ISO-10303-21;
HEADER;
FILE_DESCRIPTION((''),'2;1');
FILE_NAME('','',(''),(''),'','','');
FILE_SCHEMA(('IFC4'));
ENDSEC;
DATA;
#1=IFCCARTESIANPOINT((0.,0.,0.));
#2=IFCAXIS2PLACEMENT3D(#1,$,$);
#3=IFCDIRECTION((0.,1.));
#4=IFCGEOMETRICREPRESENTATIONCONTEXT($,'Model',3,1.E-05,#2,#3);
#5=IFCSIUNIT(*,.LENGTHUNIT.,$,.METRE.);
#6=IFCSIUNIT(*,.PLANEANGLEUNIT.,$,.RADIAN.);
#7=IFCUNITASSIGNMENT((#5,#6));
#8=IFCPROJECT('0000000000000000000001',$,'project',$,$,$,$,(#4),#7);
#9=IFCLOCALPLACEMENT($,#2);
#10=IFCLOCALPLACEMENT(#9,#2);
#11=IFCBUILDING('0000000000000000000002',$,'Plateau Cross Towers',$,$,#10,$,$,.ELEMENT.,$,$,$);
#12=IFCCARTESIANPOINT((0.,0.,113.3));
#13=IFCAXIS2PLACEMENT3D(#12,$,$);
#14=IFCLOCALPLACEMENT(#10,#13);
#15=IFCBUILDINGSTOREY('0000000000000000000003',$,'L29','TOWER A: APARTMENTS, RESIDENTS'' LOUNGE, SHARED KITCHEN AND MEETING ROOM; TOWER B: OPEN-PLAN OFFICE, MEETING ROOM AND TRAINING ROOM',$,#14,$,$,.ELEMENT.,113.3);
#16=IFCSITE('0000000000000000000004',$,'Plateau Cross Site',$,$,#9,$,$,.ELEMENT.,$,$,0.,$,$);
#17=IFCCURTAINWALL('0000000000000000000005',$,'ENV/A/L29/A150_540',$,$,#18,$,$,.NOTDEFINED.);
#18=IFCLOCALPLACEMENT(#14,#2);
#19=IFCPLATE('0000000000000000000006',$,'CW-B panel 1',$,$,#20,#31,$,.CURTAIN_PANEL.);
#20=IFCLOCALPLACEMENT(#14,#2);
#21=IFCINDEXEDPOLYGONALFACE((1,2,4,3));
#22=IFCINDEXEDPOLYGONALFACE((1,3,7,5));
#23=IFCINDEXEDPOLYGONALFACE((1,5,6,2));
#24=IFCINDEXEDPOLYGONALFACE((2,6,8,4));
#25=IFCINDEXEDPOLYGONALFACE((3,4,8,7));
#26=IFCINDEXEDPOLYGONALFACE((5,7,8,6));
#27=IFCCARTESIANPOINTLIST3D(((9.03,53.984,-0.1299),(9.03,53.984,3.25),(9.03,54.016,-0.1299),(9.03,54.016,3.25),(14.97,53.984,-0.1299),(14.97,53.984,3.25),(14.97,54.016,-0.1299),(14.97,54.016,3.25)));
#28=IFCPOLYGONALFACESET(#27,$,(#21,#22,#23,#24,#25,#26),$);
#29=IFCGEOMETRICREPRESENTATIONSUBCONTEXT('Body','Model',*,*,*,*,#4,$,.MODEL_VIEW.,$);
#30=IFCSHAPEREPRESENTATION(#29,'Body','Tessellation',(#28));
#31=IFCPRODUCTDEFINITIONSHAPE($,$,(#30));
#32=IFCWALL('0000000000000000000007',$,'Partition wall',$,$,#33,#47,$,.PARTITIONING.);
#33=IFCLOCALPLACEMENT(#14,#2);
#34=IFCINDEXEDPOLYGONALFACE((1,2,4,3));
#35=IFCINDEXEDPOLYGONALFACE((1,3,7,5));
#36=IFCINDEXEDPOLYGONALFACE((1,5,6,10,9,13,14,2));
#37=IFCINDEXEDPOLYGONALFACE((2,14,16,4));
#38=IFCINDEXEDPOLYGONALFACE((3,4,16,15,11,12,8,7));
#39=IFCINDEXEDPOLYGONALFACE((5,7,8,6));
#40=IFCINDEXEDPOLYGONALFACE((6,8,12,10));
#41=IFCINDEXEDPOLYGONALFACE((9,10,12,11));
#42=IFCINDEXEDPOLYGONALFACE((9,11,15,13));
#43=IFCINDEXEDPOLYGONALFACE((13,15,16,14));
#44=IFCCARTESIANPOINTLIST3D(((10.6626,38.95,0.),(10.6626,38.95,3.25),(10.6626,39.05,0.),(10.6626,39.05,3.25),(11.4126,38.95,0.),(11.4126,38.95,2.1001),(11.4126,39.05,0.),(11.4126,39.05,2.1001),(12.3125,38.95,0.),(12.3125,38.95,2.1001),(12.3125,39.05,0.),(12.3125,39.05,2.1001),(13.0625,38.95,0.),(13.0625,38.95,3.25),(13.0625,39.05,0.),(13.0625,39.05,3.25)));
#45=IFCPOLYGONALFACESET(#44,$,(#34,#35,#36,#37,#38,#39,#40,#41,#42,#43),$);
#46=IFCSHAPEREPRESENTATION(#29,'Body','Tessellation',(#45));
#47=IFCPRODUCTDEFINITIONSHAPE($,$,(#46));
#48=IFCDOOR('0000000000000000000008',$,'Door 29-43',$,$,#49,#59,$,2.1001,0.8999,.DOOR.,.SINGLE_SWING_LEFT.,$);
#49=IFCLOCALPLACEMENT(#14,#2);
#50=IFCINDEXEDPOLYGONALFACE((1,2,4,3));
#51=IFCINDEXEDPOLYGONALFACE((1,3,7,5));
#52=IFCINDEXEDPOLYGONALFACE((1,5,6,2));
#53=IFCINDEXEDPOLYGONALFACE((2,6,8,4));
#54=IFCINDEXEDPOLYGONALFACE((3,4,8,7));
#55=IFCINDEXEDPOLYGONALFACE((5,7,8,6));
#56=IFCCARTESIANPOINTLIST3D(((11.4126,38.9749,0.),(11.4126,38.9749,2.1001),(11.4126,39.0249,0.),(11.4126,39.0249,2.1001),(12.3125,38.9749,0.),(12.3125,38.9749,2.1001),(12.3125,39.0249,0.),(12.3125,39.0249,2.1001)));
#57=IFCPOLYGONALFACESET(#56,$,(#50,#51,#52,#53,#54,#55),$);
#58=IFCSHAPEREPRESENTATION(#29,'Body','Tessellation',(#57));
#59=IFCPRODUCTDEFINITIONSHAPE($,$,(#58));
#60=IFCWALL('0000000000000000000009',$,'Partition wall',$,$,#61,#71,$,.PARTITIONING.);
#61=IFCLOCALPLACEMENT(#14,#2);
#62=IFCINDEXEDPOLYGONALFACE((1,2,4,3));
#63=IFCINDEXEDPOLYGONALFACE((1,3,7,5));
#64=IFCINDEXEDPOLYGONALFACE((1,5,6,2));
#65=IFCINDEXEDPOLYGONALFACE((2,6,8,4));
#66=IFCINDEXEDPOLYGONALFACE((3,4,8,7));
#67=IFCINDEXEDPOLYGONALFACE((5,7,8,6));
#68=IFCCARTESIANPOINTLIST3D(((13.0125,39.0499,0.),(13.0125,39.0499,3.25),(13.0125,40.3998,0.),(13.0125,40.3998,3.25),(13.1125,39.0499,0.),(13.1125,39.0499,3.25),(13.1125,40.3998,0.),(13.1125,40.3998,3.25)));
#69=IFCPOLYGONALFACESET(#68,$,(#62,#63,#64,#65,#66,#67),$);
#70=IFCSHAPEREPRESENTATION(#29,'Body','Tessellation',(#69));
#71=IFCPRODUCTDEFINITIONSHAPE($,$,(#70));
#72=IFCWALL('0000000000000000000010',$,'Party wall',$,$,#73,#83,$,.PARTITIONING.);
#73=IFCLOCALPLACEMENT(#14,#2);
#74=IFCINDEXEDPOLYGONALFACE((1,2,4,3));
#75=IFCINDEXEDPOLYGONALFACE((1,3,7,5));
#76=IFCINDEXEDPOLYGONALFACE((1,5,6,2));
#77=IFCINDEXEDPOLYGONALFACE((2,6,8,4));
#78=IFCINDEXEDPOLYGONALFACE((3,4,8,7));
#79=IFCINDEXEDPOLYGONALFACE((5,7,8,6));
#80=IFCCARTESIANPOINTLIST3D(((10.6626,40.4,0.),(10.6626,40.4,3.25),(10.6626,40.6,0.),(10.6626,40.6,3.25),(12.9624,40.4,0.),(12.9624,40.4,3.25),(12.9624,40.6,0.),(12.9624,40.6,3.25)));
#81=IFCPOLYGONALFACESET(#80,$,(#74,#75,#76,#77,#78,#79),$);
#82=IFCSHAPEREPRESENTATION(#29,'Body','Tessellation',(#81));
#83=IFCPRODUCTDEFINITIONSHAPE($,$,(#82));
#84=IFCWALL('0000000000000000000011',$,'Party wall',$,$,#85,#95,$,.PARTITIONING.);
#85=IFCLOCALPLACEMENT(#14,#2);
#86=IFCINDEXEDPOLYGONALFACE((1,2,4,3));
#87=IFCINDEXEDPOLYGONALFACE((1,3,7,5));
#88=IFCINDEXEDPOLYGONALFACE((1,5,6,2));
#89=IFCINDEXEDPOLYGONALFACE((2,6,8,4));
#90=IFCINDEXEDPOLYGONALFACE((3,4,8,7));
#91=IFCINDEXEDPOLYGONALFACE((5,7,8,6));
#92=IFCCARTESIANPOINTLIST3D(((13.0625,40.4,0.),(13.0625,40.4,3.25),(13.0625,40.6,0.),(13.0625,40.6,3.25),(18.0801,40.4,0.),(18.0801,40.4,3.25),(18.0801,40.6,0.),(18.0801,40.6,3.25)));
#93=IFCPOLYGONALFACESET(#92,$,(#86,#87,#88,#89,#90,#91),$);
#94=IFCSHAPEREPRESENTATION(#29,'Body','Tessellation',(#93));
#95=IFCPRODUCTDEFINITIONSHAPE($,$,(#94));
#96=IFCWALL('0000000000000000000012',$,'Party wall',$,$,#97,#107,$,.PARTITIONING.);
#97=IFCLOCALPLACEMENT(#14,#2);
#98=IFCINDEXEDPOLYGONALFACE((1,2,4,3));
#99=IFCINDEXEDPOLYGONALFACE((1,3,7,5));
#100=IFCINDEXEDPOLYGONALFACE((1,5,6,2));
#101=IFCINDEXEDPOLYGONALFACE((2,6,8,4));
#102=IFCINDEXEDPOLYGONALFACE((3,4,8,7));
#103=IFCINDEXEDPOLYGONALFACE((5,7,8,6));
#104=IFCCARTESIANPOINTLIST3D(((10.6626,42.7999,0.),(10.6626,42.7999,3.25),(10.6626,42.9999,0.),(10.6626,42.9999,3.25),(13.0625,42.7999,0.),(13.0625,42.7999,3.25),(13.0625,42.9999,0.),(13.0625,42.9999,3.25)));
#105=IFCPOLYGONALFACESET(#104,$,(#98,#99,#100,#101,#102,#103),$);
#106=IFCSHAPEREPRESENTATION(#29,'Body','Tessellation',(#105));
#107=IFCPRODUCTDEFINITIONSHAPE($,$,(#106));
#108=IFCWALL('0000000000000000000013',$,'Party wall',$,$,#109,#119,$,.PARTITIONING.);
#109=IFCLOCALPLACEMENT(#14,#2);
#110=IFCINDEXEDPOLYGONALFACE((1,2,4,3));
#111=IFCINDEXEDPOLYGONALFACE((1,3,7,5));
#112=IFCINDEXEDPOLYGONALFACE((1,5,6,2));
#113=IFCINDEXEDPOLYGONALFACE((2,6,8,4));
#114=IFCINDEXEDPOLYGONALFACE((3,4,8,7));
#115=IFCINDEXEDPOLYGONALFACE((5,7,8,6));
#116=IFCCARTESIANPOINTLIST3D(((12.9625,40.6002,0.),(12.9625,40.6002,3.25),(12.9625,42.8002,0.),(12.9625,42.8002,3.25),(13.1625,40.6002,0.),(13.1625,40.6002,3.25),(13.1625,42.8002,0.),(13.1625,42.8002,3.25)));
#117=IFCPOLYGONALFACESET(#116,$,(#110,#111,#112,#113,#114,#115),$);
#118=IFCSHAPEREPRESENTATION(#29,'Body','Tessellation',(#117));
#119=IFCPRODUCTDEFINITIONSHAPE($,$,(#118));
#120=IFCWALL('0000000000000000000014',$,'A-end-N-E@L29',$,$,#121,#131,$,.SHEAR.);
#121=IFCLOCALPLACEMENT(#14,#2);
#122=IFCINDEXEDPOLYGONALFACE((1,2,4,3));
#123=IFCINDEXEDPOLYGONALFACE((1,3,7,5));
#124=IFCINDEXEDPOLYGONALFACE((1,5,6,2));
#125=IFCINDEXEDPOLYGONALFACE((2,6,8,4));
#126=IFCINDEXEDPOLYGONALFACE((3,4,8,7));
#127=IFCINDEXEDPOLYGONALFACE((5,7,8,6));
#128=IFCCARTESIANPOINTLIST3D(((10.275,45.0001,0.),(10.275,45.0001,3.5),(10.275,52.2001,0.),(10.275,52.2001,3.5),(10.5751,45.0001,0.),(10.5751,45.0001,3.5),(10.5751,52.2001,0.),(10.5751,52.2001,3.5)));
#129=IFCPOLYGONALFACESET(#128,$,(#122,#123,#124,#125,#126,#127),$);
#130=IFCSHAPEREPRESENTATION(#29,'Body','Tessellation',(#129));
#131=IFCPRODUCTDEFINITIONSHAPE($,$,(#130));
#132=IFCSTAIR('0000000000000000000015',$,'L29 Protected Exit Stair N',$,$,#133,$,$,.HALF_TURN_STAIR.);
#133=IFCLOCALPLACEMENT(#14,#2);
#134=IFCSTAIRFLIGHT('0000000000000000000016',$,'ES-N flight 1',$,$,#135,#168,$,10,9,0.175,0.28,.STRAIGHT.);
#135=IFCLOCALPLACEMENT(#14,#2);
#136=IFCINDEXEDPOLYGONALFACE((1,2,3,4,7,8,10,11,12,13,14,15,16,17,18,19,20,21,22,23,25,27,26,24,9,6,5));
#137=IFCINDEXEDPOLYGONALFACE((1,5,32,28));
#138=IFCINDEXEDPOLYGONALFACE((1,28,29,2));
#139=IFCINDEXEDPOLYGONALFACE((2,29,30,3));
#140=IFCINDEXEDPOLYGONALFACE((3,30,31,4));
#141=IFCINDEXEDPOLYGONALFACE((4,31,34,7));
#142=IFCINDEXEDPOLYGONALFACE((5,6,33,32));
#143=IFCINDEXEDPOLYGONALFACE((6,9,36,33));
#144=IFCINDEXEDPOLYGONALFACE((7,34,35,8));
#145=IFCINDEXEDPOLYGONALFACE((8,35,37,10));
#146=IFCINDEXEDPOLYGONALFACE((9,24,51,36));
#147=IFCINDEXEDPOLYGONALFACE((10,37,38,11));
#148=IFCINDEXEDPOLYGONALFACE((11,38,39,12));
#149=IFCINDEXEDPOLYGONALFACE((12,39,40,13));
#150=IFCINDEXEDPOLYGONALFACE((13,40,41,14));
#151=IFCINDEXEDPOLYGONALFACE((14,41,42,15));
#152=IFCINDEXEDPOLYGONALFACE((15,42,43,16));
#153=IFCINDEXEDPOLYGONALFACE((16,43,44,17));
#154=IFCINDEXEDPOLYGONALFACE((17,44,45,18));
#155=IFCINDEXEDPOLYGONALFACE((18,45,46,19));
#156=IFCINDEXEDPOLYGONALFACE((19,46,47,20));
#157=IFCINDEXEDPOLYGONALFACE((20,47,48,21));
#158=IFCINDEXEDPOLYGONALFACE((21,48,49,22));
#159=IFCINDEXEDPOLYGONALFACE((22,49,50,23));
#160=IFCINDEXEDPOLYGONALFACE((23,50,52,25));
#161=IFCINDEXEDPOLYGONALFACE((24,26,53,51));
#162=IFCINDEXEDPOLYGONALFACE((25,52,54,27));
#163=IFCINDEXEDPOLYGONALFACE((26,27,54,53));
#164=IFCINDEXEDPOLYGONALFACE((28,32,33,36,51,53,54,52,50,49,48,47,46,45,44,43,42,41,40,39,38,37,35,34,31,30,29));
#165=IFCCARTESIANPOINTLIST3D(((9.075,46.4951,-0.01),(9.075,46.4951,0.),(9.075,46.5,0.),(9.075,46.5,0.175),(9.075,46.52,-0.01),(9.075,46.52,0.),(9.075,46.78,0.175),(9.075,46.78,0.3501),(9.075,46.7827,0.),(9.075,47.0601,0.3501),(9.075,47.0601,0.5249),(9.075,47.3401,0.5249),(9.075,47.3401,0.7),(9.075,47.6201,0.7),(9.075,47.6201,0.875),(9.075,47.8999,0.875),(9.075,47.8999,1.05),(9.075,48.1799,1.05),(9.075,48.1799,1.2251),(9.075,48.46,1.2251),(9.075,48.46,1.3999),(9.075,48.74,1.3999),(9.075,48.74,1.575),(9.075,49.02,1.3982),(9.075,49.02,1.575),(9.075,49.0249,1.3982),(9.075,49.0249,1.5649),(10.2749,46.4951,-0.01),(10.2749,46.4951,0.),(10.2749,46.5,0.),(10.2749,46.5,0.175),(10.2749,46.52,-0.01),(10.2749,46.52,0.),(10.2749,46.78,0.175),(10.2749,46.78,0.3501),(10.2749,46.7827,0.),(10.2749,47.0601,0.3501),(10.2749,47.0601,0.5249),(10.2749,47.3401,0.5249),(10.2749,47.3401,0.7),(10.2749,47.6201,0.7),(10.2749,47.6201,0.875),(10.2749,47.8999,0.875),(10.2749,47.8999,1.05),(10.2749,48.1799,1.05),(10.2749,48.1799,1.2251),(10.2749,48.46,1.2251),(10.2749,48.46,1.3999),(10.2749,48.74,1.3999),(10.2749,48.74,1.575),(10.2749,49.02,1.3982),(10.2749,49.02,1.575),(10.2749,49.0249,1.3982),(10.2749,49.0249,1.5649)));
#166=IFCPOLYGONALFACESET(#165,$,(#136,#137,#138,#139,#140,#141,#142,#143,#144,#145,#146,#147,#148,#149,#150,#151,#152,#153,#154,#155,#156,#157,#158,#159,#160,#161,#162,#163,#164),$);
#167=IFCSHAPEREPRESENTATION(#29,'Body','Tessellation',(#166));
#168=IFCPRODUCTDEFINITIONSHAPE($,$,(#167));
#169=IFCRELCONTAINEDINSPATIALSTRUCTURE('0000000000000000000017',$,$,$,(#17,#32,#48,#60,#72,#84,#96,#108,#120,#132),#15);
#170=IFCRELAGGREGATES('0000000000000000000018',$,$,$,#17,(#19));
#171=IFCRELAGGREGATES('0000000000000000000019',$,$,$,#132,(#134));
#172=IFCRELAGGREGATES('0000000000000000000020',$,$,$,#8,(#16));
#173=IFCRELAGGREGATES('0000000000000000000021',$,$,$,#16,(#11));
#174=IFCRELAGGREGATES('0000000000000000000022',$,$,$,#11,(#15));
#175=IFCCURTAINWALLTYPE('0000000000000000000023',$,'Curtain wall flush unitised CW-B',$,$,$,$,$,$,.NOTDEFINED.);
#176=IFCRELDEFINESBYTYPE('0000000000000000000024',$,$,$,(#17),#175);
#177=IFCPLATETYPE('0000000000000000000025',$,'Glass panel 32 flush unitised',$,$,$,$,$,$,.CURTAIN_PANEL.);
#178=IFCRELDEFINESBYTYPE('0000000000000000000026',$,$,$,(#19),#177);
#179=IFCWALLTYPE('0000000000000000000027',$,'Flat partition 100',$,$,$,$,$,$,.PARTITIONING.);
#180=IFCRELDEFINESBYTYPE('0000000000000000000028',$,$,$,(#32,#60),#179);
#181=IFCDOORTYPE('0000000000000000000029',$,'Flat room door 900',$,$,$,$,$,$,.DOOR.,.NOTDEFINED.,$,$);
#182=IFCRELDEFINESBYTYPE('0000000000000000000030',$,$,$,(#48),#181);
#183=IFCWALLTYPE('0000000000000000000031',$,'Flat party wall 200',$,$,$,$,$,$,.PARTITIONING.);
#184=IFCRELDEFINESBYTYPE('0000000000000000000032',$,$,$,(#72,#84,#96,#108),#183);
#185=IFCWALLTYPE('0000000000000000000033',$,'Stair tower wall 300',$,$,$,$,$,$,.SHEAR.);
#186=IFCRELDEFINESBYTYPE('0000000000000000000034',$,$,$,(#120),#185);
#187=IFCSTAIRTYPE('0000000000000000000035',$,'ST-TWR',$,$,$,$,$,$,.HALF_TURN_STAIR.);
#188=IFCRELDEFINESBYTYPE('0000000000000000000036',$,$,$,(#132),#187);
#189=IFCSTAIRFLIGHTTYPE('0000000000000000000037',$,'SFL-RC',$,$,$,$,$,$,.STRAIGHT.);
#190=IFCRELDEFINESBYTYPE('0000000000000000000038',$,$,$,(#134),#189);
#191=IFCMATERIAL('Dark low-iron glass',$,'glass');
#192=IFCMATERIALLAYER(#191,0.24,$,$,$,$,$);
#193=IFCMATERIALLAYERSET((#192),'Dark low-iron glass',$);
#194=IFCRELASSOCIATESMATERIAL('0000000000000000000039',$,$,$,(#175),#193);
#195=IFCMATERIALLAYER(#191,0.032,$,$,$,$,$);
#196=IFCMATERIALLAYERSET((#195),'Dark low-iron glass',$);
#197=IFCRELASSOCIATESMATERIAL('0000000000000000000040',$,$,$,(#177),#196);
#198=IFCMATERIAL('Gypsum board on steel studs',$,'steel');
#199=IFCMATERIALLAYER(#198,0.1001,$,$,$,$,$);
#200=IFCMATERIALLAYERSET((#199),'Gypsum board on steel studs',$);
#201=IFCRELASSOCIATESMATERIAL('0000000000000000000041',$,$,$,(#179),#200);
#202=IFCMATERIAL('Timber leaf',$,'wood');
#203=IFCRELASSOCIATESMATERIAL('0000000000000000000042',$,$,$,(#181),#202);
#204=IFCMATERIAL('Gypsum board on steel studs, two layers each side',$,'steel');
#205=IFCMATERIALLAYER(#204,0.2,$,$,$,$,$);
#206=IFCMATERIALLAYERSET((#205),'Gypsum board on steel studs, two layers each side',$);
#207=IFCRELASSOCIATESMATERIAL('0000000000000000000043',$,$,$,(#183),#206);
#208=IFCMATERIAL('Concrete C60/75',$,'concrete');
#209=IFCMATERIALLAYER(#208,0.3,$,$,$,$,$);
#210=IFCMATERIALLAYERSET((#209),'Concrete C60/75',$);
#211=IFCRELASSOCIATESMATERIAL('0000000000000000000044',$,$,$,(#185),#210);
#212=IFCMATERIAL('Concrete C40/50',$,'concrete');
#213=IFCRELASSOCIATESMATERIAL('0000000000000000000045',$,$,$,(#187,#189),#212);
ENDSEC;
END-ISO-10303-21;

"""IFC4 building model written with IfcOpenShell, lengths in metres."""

from ifc_helpers import new_model, si_unit, direction, frame, frame_2d, origin, origin_2d, place, context, subcontext, project, spatial, polyline, rectangle, outline, extrude, material, layer, layer_set, type_object, element, fill, aggregate, save


model = new_model("IFC4")

# Units and contexts
model_context = context("Model", 3, precision=1e-05, world=origin(), true_north=direction((0.0, 1.0)))
body_context = subcontext(model_context, "Body", "Model", "MODEL_VIEW")
ifc_project = project(units=[si_unit("LENGTHUNIT", "METRE"), si_unit("PLANEANGLEUNIT", "RADIAN")], contexts=[model_context])

# Site, building, storey
site_placement = place(None, origin())
site = spatial("IfcSite", under=ifc_project, at=site_placement, Name="Plateau Cross Site", CompositionType="ELEMENT", RefElevation=0.0)
building_placement = place(site_placement, origin())
building = spatial("IfcBuilding", under=site, at=building_placement, Name="Plateau Cross Towers", CompositionType="ELEMENT")
storey_placement = place(building_placement, frame((0.0, 0.0, 113.3)))
storey = spatial("IfcBuildingStorey", under=building, at=storey_placement, Name="L29", Description="TOWER A: APARTMENTS, RESIDENTS' LOUNGE, SHARED KITCHEN AND MEETING ROOM; TOWER B: OPEN-PLAN OFFICE, MEETING ROOM AND TRAINING ROOM", CompositionType="ELEMENT", Elevation=113.3)

# Shared definitions
ifc_material_1 = material(Name="Concrete C60/75", Category="concrete")

# Shared definitions
ifc_material_2 = material(Name="Dark low-iron glass", Category="glass")
ifc_layer_1 = layer(ifc_material_2, 0.24)
ifc_layer_set_1 = layer_set([ifc_layer_1], Name="Dark low-iron glass")
curtain_wall_type = type_object("IfcCurtainWallType", Name="Curtain wall flush unitised CW-B", PredefinedType="NOTDEFINED", material=ifc_layer_set_1)

# Curtain wall
curtain_wall_1_placement = place(storey_placement, origin())
curtain_wall_1 = element("IfcCurtainWall", 1, at=curtain_wall_1_placement, inside=storey, type_object=curtain_wall_type, Name="ENV/A/L29/A150_540", PredefinedType="NOTDEFINED")

# Plate
ifc_layer_2 = layer(ifc_material_2, 0.032)
ifc_layer_set_2 = layer_set([ifc_layer_2], Name="Dark low-iron glass")
plate_type = type_object("IfcPlateType", Name="Glass panel 32 flush unitised", PredefinedType="CURTAIN_PANEL", material=ifc_layer_set_2)
plate_1_placement = place(storey_placement, frame((12.0, 54.0, -0.1299), z_axis=(0.0, 0.0, 1.0), x_axis=(-1.0, 0.0, 0.0)))
plate_1 = element("IfcPlate", 2, at=plate_1_placement, type_object=plate_type, Name="CW-B panel 1", PredefinedType="CURTAIN_PANEL", context=body_context, shape_type="SweptSolid", body=[
    extrude(rectangle(XDim=5.9399, YDim=0.032, at=origin_2d()), origin(), (0.0, 0.0, 1.0), 3.3799),
])
aggregate(curtain_wall_1, [plate_1])

# Wall, opening, door
ifc_material_3 = material(Name="Gypsum board on steel studs", Category="steel")
ifc_layer_3 = layer(ifc_material_3, 0.1001)
ifc_layer_set_3 = layer_set([ifc_layer_3], Name="Gypsum board on steel studs")
wall_type_1 = type_object("IfcWallType", Name="Flat partition 100", PredefinedType="PARTITIONING", material=ifc_layer_set_3)
wall_1_placement = place(storey_placement, frame((10.6626, 39.0, 0.0), z_axis=(0.0, 0.0, 1.0), x_axis=(1.0, 0.0, 0.0)))
wall_1 = element("IfcWall", 3, at=wall_1_placement, inside=storey, type_object=wall_type_1, Name="Partition wall", PredefinedType="PARTITIONING", context=body_context, shape_type="SweptSolid", body=[
    extrude(rectangle(XDim=2.3999, YDim=0.1001, at=frame_2d((1.2, 0.0))), origin(), (0.0, 0.0, 1.0), 3.25),
])
opening_placement = place(wall_1_placement, frame((0.75, 0.0, 0.0)))
opening = element("IfcOpeningElement", 4, at=opening_placement, cuts=wall_1, PredefinedType="OPENING", context=body_context, shape_type="SweptSolid", body=[
    extrude(rectangle(XDim=0.8999, YDim=2.1001, at=frame_2d((0.45, 1.05))), frame((0.0, 0.0601, 0.0), z_axis=(0.0, -1.0, 0.0), x_axis=(1.0, 0.0, 0.0)), (0.0, 0.0, 1.0), 0.1201),
])
ifc_material_4 = material(Name="Timber leaf", Category="wood")
door_type = type_object("IfcDoorType", Name="Flat room door 900", OperationType="NOTDEFINED", PredefinedType="DOOR", material=ifc_material_4)
door_placement = place(opening_placement, origin())
door = element("IfcDoor", 5, at=door_placement, inside=storey, type_object=door_type, Name="Door 29-43", OperationType="SINGLE_SWING_LEFT", OverallHeight=2.1001, OverallWidth=0.8999, PredefinedType="DOOR", context=body_context, shape_type="SweptSolid", body=[
    extrude(rectangle(XDim=0.8999, YDim=2.1001, at=frame_2d((0.45, 1.05))), frame((0.0, 0.0249, 0.0), z_axis=(0.0, -1.0, 0.0), x_axis=(1.0, 0.0, 0.0)), (0.0, 0.0, 1.0), 0.05),
])
fill(opening, door)

# Walls
wall_2_placement = place(storey_placement, frame((13.0625, 39.05, 0.0), z_axis=(0.0, 0.0, 1.0), x_axis=(0.0, 1.0, 0.0)))
element("IfcWall", 6, at=wall_2_placement, inside=storey, type_object=wall_type_1, Name="Partition wall", PredefinedType="PARTITIONING", context=body_context, shape_type="SweptSolid", body=[
    extrude(rectangle(XDim=1.3499, YDim=0.1001, at=frame_2d((0.6748, 0.0))), origin(), (0.0, 0.0, 1.0), 3.25),
])
ifc_material_5 = material(Name="Gypsum board on steel studs, two layers each side", Category="steel")
ifc_layer_4 = layer(ifc_material_5, 0.2)
ifc_layer_set_4 = layer_set([ifc_layer_4], Name="Gypsum board on steel studs, two layers each side")
wall_type_2 = type_object("IfcWallType", Name="Flat party wall 200", PredefinedType="PARTITIONING", material=ifc_layer_set_4)
wall_3_placement = place(storey_placement, frame((12.9624, 40.5, 0.0), z_axis=(0.0, 0.0, 1.0), x_axis=(-1.0, 0.0, 0.0)))
element("IfcWall", 7, at=wall_3_placement, inside=storey, type_object=wall_type_2, Name="Party wall", PredefinedType="PARTITIONING", context=body_context, shape_type="SweptSolid", body=[
    extrude(rectangle(XDim=2.2998, YDim=0.2, at=frame_2d((1.1499, 0.0))), origin(), (0.0, 0.0, 1.0), 3.25),
])
wall_4_placement = place(storey_placement, frame((13.0625, 40.5, 0.0), z_axis=(0.0, 0.0, 1.0), x_axis=(1.0, 0.0, 0.0)))
element("IfcWall", 8, at=wall_4_placement, inside=storey, type_object=wall_type_2, Name="Party wall", PredefinedType="PARTITIONING", context=body_context, shape_type="SweptSolid", body=[
    extrude(rectangle(XDim=5.0176, YDim=0.2, at=frame_2d((2.5088, 0.0))), origin(), (0.0, 0.0, 1.0), 3.25),
])
wall_5_placement = place(storey_placement, frame((13.0625, 42.8999, 0.0), z_axis=(0.0, 0.0, 1.0), x_axis=(-1.0, 0.0, 0.0)))
element("IfcWall", 9, at=wall_5_placement, inside=storey, type_object=wall_type_2, Name="Party wall", PredefinedType="PARTITIONING", context=body_context, shape_type="SweptSolid", body=[
    extrude(rectangle(XDim=2.3999, YDim=0.2, at=frame_2d((1.2, 0.0))), origin(), (0.0, 0.0, 1.0), 3.25),
])
wall_6_placement = place(storey_placement, frame((13.0625, 40.6001, 0.0), z_axis=(0.0, 0.0, 1.0), x_axis=(0.0, 1.0, 0.0)))
element("IfcWall", 10, at=wall_6_placement, inside=storey, type_object=wall_type_2, Name="Party wall", PredefinedType="PARTITIONING", context=body_context, shape_type="SweptSolid", body=[
    extrude(rectangle(XDim=2.2, YDim=0.2, at=frame_2d((1.1001, 0.0))), origin(), (0.0, 0.0, 1.0), 3.25),
])
ifc_layer_5 = layer(ifc_material_1, 0.3)
ifc_layer_set_5 = layer_set([ifc_layer_5], Name="Concrete C60/75")
wall_type_3 = type_object("IfcWallType", Name="Stair tower wall 300", PredefinedType="SHEAR", material=ifc_layer_set_5)
wall_7_placement = place(storey_placement, frame((10.425, 45.0, 0.0), z_axis=(0.0, 0.0, 1.0), x_axis=(0.0, 1.0, 0.0)))
element("IfcWall", 11, at=wall_7_placement, inside=storey, type_object=wall_type_3, Name="A-end-N-E@L29", PredefinedType="SHEAR", context=body_context, shape_type="SweptSolid", body=[
    extrude(rectangle(XDim=7.2, YDim=0.3, at=frame_2d((3.6001, 0.0))), origin(), (0.0, 0.0, 1.0), 3.5),
])

# Stair, stair flight
ifc_material_6 = material(Name="Concrete C40/50", Category="concrete")
stair_type = type_object("IfcStairType", Name="ST-TWR", PredefinedType="HALF_TURN_STAIR", material=ifc_material_6)
stair_placement = place(storey_placement, origin())
stair = element("IfcStair", 12, at=stair_placement, inside=storey, type_object=stair_type, Name="L29 Protected Exit Stair N", PredefinedType="HALF_TURN_STAIR")
stair_flight_type = type_object("IfcStairFlightType", Name="SFL-RC", PredefinedType="STRAIGHT", material=ifc_material_6)
stair_flight_1_placement = place(storey_placement, frame((9.675, 46.5, 0.0), z_axis=(0.0, 0.0, 1.0), x_axis=(0.0, 1.0, 0.0)))
stair_flight_1 = element("IfcStairFlight", 13, at=stair_flight_1_placement, type_object=stair_flight_type, Name="ES-N flight 1", NumberOfRisers=10, NumberOfTreads=9, PredefinedType="STRAIGHT", RiserHeight=0.175, TreadLength=0.28, context=body_context, shape_type="SweptSolid", body=[
    extrude(outline(polyline([(-0.0049, -0.01), (-0.0049, 0.0), (0.0, 0.0), (0.0, 0.175), (0.28, 0.175), (0.28, 0.3501), (0.5601, 0.3501), (0.5601, 0.5249), (0.8401, 0.5249), (0.8401, 0.7), (1.1201, 0.7), (1.1201, 0.875), (1.3999, 0.875), (1.3999, 1.05), (1.6799, 1.05), (1.6799, 1.2251), (1.96, 1.2251), (1.96, 1.3999), (2.24, 1.3999), (2.24, 1.575), (2.52, 1.575), (2.5249, 1.5649), (2.5249, 1.3982), (2.52, 1.3982), (0.2827, 0.0), (0.02, 0.0), (0.02, -0.01), (-0.0049, -0.01)])), frame((0.0, 0.6001, 0.0), z_axis=(0.0, -1.0, 0.0), x_axis=(1.0, 0.0, 0.0)), (0.0, 0.0, 1.0), 1.2),
])
aggregate(stair, [stair_flight_1])

save(model, "model.ifc")
